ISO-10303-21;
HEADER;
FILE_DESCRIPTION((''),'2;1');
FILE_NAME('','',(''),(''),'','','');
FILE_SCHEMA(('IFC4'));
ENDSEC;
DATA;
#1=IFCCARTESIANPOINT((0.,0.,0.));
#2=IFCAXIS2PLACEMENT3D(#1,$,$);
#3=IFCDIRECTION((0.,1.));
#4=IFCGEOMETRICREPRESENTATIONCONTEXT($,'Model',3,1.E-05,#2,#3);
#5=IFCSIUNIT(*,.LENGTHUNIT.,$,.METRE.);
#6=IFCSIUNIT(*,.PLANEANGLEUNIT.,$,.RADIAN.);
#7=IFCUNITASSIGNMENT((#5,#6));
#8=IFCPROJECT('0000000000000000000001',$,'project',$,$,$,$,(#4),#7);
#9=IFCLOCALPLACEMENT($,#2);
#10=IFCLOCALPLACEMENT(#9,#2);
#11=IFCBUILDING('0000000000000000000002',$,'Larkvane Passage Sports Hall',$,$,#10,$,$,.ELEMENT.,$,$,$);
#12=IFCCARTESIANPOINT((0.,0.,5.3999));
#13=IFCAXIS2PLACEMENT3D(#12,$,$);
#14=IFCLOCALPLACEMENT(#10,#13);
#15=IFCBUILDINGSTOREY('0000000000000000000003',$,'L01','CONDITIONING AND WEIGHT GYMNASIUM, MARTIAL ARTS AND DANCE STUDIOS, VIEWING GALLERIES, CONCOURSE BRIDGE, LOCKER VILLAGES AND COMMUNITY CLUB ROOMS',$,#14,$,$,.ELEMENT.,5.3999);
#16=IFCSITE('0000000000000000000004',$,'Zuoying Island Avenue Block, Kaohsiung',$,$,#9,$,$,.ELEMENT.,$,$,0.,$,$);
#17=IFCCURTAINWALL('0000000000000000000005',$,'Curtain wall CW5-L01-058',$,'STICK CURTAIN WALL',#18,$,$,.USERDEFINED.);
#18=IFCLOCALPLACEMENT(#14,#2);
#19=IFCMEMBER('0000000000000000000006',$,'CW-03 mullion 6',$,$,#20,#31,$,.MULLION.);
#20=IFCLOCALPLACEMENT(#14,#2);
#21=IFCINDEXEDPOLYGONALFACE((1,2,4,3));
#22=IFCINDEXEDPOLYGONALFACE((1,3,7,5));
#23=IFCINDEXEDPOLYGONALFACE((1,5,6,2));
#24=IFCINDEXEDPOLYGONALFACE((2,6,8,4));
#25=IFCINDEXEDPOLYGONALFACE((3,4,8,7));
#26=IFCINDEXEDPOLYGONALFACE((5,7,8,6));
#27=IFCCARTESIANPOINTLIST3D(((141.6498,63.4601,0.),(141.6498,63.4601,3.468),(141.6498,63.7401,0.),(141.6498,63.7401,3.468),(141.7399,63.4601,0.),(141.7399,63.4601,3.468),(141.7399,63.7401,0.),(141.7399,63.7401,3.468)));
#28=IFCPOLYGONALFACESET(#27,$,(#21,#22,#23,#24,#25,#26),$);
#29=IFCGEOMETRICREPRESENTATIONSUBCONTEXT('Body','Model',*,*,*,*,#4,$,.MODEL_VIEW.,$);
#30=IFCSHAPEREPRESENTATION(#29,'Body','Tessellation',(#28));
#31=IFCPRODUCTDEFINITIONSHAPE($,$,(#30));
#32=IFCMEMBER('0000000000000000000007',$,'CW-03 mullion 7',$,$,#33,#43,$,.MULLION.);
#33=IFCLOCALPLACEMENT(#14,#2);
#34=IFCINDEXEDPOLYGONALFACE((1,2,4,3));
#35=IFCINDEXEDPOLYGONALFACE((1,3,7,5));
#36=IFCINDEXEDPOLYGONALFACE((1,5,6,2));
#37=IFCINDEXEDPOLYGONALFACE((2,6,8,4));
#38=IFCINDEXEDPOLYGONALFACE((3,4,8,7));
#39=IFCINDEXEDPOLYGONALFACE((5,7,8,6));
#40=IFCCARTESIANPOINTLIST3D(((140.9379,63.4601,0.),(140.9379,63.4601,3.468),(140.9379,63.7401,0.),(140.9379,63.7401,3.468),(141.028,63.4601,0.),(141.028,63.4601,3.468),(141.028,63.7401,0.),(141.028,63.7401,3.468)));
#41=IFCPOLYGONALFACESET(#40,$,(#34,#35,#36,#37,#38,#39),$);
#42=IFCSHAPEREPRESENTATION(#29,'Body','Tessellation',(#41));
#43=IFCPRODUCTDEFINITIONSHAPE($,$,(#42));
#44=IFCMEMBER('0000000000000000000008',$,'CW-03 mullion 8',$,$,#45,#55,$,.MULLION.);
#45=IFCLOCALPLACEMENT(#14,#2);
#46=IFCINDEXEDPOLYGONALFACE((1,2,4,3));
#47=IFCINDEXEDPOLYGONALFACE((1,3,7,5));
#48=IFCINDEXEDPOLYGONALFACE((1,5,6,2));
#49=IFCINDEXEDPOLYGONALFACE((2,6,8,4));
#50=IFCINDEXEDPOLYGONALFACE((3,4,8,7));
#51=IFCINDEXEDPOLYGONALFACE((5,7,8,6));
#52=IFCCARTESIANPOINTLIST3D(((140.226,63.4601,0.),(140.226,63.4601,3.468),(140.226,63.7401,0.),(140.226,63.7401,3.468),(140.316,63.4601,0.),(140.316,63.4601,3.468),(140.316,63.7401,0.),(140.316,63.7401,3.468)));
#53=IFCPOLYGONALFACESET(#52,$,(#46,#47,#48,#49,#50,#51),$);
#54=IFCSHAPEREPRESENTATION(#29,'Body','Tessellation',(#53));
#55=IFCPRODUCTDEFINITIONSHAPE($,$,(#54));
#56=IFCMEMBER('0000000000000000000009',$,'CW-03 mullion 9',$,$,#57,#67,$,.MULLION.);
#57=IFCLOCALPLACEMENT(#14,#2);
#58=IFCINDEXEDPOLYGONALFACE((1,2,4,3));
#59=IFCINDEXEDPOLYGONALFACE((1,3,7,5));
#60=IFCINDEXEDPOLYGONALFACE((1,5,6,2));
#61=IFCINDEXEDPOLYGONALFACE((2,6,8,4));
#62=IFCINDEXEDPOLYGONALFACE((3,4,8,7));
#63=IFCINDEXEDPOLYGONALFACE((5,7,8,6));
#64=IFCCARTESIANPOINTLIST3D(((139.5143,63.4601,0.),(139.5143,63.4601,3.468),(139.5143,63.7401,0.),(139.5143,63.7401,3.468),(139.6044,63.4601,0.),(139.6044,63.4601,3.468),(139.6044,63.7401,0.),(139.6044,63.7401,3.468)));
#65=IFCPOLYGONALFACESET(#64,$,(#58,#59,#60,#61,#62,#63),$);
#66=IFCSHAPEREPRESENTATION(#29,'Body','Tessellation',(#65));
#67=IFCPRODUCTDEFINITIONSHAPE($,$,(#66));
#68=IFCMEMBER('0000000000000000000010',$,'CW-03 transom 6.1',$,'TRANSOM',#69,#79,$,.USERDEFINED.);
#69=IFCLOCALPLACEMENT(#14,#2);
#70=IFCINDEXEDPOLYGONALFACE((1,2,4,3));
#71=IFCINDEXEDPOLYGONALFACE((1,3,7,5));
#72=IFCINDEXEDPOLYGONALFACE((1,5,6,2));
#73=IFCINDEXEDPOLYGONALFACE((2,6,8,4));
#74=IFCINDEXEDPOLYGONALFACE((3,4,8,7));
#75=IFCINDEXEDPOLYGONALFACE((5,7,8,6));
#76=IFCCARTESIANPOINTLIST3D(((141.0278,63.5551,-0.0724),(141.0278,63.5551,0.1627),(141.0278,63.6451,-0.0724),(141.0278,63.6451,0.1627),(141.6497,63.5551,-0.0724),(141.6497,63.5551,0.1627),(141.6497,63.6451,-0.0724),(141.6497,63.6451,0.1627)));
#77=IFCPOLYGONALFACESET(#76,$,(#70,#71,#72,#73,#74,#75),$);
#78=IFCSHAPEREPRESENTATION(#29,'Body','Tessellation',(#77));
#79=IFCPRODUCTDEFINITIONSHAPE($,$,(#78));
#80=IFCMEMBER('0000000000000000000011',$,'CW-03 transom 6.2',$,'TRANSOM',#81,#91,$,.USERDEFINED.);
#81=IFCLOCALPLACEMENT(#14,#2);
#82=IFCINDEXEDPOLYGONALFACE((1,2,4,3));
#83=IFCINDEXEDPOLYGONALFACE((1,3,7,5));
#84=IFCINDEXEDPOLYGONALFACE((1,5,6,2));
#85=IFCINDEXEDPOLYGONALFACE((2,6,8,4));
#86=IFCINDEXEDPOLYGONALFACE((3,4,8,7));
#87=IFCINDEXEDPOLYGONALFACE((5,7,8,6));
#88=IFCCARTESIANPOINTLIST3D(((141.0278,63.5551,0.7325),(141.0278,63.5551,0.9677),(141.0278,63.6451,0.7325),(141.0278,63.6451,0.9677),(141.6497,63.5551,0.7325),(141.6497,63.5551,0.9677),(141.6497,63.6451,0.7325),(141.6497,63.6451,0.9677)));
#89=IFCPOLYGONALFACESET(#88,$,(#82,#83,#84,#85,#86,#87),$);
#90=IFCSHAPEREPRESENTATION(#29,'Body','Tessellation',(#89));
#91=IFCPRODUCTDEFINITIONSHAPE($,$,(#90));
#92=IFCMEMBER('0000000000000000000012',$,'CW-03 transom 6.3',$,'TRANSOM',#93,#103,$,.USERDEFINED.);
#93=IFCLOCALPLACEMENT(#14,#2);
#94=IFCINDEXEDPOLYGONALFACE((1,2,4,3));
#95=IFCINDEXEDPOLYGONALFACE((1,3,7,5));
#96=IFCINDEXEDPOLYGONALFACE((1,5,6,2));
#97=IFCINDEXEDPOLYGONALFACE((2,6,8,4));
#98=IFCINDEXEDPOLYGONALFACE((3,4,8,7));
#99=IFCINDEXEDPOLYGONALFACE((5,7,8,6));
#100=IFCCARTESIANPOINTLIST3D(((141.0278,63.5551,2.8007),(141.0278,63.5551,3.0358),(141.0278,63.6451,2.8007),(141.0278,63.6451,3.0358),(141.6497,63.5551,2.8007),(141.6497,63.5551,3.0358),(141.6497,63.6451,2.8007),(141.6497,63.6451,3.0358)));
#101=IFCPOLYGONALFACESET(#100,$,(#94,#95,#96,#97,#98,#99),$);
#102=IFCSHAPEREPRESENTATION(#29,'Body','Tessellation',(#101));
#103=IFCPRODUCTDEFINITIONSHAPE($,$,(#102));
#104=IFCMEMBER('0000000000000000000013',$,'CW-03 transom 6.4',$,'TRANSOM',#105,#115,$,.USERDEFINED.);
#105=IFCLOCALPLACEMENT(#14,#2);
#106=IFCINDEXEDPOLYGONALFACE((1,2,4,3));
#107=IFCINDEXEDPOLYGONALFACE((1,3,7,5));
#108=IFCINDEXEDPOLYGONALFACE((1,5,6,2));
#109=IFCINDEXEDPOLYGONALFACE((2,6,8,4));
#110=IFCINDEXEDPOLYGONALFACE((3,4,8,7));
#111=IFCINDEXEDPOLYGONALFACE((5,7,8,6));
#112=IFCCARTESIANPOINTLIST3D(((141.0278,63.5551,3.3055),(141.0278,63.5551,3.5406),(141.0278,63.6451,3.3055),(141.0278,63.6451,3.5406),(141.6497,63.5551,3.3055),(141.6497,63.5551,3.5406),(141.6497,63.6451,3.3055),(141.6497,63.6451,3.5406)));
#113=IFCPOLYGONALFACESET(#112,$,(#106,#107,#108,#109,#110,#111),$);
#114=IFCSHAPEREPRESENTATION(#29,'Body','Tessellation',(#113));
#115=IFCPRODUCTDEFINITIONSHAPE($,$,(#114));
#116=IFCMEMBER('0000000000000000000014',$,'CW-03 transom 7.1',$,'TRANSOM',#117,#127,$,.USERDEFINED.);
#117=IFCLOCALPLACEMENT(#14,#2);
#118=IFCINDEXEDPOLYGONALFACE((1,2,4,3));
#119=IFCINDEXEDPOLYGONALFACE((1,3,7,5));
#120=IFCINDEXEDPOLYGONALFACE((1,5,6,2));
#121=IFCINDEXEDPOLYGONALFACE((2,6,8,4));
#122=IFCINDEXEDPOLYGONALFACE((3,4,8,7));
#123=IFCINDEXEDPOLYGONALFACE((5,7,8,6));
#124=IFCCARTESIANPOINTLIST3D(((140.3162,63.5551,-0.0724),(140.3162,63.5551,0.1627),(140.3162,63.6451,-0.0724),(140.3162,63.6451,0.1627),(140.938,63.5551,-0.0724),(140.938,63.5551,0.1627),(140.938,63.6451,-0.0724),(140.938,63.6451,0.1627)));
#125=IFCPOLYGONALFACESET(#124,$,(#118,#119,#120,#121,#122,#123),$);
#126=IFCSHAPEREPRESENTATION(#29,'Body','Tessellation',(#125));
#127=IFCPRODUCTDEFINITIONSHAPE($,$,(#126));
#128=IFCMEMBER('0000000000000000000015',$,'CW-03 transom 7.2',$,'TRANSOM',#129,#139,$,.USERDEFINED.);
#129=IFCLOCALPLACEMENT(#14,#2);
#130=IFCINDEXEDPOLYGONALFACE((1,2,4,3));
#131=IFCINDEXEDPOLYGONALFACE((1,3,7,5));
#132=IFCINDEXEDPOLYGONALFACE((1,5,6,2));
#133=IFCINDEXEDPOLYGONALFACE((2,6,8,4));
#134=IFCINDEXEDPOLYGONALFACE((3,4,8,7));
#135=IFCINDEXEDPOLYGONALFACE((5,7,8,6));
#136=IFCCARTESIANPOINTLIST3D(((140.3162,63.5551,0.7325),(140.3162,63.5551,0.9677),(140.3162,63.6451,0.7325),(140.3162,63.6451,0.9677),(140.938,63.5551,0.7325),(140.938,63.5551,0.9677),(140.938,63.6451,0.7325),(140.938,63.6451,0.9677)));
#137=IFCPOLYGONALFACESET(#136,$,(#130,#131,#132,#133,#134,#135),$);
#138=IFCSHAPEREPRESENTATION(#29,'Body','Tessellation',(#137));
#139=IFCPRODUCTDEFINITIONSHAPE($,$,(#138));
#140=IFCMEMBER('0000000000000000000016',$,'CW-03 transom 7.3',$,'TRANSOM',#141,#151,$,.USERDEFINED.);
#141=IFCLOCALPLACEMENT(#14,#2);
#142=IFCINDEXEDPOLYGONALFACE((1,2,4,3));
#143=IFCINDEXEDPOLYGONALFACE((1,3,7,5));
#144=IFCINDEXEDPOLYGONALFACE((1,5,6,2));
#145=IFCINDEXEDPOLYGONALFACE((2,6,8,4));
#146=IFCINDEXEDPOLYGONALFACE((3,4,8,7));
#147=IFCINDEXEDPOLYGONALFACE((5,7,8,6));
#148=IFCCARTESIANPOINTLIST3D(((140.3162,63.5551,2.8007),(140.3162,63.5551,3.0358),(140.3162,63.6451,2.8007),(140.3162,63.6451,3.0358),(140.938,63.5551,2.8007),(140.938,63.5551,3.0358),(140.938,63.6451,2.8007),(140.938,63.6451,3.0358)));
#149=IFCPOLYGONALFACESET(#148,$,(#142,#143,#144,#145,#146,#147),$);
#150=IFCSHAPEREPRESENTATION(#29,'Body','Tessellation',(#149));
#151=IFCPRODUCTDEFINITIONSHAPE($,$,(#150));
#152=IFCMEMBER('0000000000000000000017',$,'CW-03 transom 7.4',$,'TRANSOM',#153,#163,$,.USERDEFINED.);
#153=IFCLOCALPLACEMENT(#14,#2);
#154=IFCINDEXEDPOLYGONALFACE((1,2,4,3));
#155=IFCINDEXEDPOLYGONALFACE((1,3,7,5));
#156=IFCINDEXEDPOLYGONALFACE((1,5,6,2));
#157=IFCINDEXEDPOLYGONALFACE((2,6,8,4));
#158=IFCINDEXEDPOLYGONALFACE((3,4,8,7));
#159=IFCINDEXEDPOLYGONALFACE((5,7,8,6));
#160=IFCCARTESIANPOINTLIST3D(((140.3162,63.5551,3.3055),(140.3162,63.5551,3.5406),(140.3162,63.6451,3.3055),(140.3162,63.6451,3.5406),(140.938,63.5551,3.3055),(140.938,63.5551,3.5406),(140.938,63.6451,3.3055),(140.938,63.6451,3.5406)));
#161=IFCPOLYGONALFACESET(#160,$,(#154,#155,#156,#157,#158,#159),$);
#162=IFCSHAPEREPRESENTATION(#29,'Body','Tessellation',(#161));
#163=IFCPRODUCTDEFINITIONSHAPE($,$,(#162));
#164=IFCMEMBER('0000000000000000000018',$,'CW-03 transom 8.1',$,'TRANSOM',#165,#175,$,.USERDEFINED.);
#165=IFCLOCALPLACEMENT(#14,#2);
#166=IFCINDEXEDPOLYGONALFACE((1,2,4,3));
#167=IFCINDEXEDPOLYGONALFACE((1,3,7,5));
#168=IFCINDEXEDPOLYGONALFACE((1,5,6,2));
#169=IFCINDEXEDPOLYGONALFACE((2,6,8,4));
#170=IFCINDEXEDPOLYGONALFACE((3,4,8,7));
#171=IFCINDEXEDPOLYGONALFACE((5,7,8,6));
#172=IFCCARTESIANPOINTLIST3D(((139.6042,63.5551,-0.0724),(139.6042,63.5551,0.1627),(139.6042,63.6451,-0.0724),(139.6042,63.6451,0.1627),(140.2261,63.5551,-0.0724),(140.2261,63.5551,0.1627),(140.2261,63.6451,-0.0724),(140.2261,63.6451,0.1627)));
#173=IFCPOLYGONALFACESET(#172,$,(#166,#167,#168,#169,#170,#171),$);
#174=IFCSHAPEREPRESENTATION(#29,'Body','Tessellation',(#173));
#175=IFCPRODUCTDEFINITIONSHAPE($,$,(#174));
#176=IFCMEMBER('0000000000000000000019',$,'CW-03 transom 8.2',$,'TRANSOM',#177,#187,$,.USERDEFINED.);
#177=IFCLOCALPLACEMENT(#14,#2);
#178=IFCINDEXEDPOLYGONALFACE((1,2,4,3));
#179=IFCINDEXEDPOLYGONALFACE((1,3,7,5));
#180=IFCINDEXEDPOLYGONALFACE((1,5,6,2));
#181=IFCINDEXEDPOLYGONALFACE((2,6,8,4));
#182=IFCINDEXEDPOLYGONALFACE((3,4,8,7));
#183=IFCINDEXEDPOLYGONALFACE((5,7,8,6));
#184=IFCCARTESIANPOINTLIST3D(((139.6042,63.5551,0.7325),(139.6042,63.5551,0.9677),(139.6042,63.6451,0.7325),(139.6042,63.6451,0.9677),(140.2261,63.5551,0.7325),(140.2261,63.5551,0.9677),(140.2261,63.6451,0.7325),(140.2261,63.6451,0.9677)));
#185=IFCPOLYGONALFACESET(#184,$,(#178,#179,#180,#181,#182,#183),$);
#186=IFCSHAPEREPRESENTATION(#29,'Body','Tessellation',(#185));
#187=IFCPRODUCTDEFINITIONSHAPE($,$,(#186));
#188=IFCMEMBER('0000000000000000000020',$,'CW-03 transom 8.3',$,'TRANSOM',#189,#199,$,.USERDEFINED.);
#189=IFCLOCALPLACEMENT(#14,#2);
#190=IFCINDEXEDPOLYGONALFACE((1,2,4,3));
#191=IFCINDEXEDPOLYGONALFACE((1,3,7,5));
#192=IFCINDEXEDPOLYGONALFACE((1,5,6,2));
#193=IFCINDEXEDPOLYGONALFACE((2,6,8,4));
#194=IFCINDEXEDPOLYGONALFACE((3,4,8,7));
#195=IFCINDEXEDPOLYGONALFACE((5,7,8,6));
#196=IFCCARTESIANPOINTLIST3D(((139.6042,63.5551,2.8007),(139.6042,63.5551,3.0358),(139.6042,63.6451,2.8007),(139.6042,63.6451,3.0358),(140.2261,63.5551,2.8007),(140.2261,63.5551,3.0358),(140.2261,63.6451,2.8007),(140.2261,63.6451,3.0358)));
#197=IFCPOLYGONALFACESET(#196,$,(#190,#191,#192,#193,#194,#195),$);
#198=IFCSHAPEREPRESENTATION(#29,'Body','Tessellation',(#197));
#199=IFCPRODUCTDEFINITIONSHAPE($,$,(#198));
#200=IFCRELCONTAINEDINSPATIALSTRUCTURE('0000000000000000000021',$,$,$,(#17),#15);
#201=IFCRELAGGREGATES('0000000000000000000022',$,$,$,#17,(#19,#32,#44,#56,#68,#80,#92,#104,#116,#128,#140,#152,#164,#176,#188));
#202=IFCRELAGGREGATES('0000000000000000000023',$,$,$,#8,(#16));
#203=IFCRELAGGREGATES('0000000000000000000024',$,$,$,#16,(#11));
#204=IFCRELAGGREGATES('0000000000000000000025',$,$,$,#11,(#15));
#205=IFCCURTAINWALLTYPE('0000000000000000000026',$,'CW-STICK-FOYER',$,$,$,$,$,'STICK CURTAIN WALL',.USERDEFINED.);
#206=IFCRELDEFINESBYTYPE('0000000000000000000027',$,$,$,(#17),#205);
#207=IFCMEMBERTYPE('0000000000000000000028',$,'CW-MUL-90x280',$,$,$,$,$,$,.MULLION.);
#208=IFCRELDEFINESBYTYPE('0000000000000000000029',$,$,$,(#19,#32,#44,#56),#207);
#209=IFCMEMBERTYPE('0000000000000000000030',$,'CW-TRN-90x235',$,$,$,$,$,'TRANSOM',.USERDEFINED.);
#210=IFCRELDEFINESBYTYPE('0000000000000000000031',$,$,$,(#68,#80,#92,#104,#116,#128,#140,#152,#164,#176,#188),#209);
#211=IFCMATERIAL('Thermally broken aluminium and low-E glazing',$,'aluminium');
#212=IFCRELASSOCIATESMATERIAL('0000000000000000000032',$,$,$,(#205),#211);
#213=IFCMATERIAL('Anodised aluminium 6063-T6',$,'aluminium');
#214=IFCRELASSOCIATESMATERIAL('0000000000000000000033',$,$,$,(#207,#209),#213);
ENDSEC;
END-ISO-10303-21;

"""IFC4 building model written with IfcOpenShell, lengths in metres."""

from ifc_helpers import new_model, si_unit, direction, frame, origin, origin_2d, place, context, subcontext, project, spatial, rectangle, extrude, material, material_profile, profile_set, type_object, element, aggregate, save


model = new_model("IFC4")

# Units and contexts
model_context = context("Model", 3, precision=1e-05, world=origin(), true_north=direction((0.0, 1.0)))
body_context = subcontext(model_context, "Body", "Model", "MODEL_VIEW")
ifc_project = project(units=[si_unit("LENGTHUNIT", "METRE"), si_unit("PLANEANGLEUNIT", "RADIAN")], contexts=[model_context])

# Site, building, storey
site_placement = place(None, origin())
site = spatial("IfcSite", under=ifc_project, at=site_placement, Name="Zuoying Island Avenue Block, Kaohsiung", CompositionType="ELEMENT", RefElevation=0.0)
building_placement = place(site_placement, origin())
building = spatial("IfcBuilding", under=site, at=building_placement, Name="Larkvane Passage Sports Hall", CompositionType="ELEMENT")
storey_placement = place(building_placement, frame((0.0, 0.0, 5.3999)))
storey = spatial("IfcBuildingStorey", under=building, at=storey_placement, Name="L01", Description="CONDITIONING AND WEIGHT GYMNASIUM, MARTIAL ARTS AND DANCE STUDIOS, VIEWING GALLERIES, CONCOURSE BRIDGE, LOCKER VILLAGES AND COMMUNITY CLUB ROOMS", CompositionType="ELEMENT", Elevation=5.3999)

# Curtain wall, members
ifc_material_1 = material(Name="Thermally broken aluminium and low-E glazing", Category="aluminium")
curtain_wall_type = type_object("IfcCurtainWallType", Name="CW-STICK-FOYER", ElementType="STICK CURTAIN WALL", PredefinedType="USERDEFINED", material=ifc_material_1)
curtain_wall_placement = place(storey_placement, origin())
curtain_wall = element("IfcCurtainWall", 1, at=curtain_wall_placement, inside=storey, type_object=curtain_wall_type, Name="Curtain wall CW5-L01-058", ObjectType="STICK CURTAIN WALL", PredefinedType="USERDEFINED")
ifc_material_2 = material(Name="Anodised aluminium 6063-T6", Category="aluminium")
ifc_material_profile_1 = material_profile(ifc_material_2, rectangle(XDim=0.0901, YDim=0.28, at=origin_2d()), Name="ALU-MUL-90x280")
ifc_profile_set_1 = profile_set([ifc_material_profile_1], Name="Anodised aluminium 6063-T6")
member_type_1 = type_object("IfcMemberType", Name="CW-MUL-90x280", PredefinedType="MULLION", material=ifc_profile_set_1)
member_1_placement = place(storey_placement, frame((141.6948, 63.6001, 0.0), z_axis=(0.0, 0.0, 1.0), x_axis=(-1.0, 0.0, 0.0)))
member_1 = element("IfcMember", 2, at=member_1_placement, type_object=member_type_1, Name="CW-03 mullion 6", PredefinedType="MULLION", context=body_context, shape_type="SweptSolid", body=[
    extrude(rectangle(XDim=0.0901, YDim=0.28, at=origin_2d()), origin(), (0.0, 0.0, 1.0), 3.468),
])
member_2_placement = place(storey_placement, frame((140.9829, 63.6001, 0.0), z_axis=(0.0, 0.0, 1.0), x_axis=(-1.0, 0.0, 0.0)))
member_2 = element("IfcMember", 3, at=member_2_placement, type_object=member_type_1, Name="CW-03 mullion 7", PredefinedType="MULLION", context=body_context, shape_type="SweptSolid", body=[
    extrude(rectangle(XDim=0.0901, YDim=0.28, at=origin_2d()), origin(), (0.0, 0.0, 1.0), 3.468),
])
member_3_placement = place(storey_placement, frame((140.271, 63.6001, 0.0), z_axis=(0.0, 0.0, 1.0), x_axis=(-1.0, 0.0, 0.0)))
member_3 = element("IfcMember", 4, at=member_3_placement, type_object=member_type_1, Name="CW-03 mullion 8", PredefinedType="MULLION", context=body_context, shape_type="SweptSolid", body=[
    extrude(rectangle(XDim=0.0901, YDim=0.28, at=origin_2d()), origin(), (0.0, 0.0, 1.0), 3.468),
])
member_4_placement = place(storey_placement, frame((139.5593, 63.6001, 0.0), z_axis=(0.0, 0.0, 1.0), x_axis=(-1.0, 0.0, 0.0)))
member_4 = element("IfcMember", 5, at=member_4_placement, type_object=member_type_1, Name="CW-03 mullion 9", PredefinedType="MULLION", context=body_context, shape_type="SweptSolid", body=[
    extrude(rectangle(XDim=0.0901, YDim=0.28, at=origin_2d()), origin(), (0.0, 0.0, 1.0), 3.468),
])
ifc_material_profile_2 = material_profile(ifc_material_2, rectangle(XDim=0.0901, YDim=0.2351, at=origin_2d()), Name="ALU-TRN-90x235")
ifc_profile_set_2 = profile_set([ifc_material_profile_2], Name="Anodised aluminium 6063-T6")
member_type_2 = type_object("IfcMemberType", Name="CW-TRN-90x235", ElementType="TRANSOM", PredefinedType="USERDEFINED", material=ifc_profile_set_2)
member_5_placement = place(storey_placement, frame((141.6497, 63.6001, 0.0452), z_axis=(-1.0, 0.0, 0.0), x_axis=(0.0, -1.0, 0.0)))
member_5 = element("IfcMember", 6, at=member_5_placement, type_object=member_type_2, Name="CW-03 transom 6.1", ObjectType="TRANSOM", PredefinedType="USERDEFINED", context=body_context, shape_type="SweptSolid", body=[
    extrude(rectangle(XDim=0.0901, YDim=0.2351, at=origin_2d()), origin(), (0.0, 0.0, 1.0), 0.6218),
])
member_6_placement = place(storey_placement, frame((141.6497, 63.6001, 0.8501), z_axis=(-1.0, 0.0, 0.0), x_axis=(0.0, -1.0, 0.0)))
member_6 = element("IfcMember", 7, at=member_6_placement, type_object=member_type_2, Name="CW-03 transom 6.2", ObjectType="TRANSOM", PredefinedType="USERDEFINED", context=body_context, shape_type="SweptSolid", body=[
    extrude(rectangle(XDim=0.0901, YDim=0.2351, at=origin_2d()), origin(), (0.0, 0.0, 1.0), 0.6218),
])
member_7_placement = place(storey_placement, frame((141.6497, 63.6001, 2.9182), z_axis=(-1.0, 0.0, 0.0), x_axis=(0.0, -1.0, 0.0)))
member_7 = element("IfcMember", 8, at=member_7_placement, type_object=member_type_2, Name="CW-03 transom 6.3", ObjectType="TRANSOM", PredefinedType="USERDEFINED", context=body_context, shape_type="SweptSolid", body=[
    extrude(rectangle(XDim=0.0901, YDim=0.2351, at=origin_2d()), origin(), (0.0, 0.0, 1.0), 0.6218),
])
member_8_placement = place(storey_placement, frame((141.6497, 63.6001, 3.4231), z_axis=(-1.0, 0.0, 0.0), x_axis=(0.0, -1.0, 0.0)))
member_8 = element("IfcMember", 9, at=member_8_placement, type_object=member_type_2, Name="CW-03 transom 6.4", ObjectType="TRANSOM", PredefinedType="USERDEFINED", context=body_context, shape_type="SweptSolid", body=[
    extrude(rectangle(XDim=0.0901, YDim=0.2351, at=origin_2d()), origin(), (0.0, 0.0, 1.0), 0.6218),
])
member_9_placement = place(storey_placement, frame((140.938, 63.6001, 0.0452), z_axis=(-1.0, 0.0, 0.0), x_axis=(0.0, -1.0, 0.0)))
member_9 = element("IfcMember", 10, at=member_9_placement, type_object=member_type_2, Name="CW-03 transom 7.1", ObjectType="TRANSOM", PredefinedType="USERDEFINED", context=body_context, shape_type="SweptSolid", body=[
    extrude(rectangle(XDim=0.0901, YDim=0.2351, at=origin_2d()), origin(), (0.0, 0.0, 1.0), 0.6218),
])
member_10_placement = place(storey_placement, frame((140.938, 63.6001, 0.8501), z_axis=(-1.0, 0.0, 0.0), x_axis=(0.0, -1.0, 0.0)))
member_10 = element("IfcMember", 11, at=member_10_placement, type_object=member_type_2, Name="CW-03 transom 7.2", ObjectType="TRANSOM", PredefinedType="USERDEFINED", context=body_context, shape_type="SweptSolid", body=[
    extrude(rectangle(XDim=0.0901, YDim=0.2351, at=origin_2d()), origin(), (0.0, 0.0, 1.0), 0.6218),
])
member_11_placement = place(storey_placement, frame((140.938, 63.6001, 2.9182), z_axis=(-1.0, 0.0, 0.0), x_axis=(0.0, -1.0, 0.0)))
member_11 = element("IfcMember", 12, at=member_11_placement, type_object=member_type_2, Name="CW-03 transom 7.3", ObjectType="TRANSOM", PredefinedType="USERDEFINED", context=body_context, shape_type="SweptSolid", body=[
    extrude(rectangle(XDim=0.0901, YDim=0.2351, at=origin_2d()), origin(), (0.0, 0.0, 1.0), 0.6218),
])
member_12_placement = place(storey_placement, frame((140.938, 63.6001, 3.4231), z_axis=(-1.0, 0.0, 0.0), x_axis=(0.0, -1.0, 0.0)))
member_12 = element("IfcMember", 13, at=member_12_placement, type_object=member_type_2, Name="CW-03 transom 7.4", ObjectType="TRANSOM", PredefinedType="USERDEFINED", context=body_context, shape_type="SweptSolid", body=[
    extrude(rectangle(XDim=0.0901, YDim=0.2351, at=origin_2d()), origin(), (0.0, 0.0, 1.0), 0.6218),
])
member_13_placement = place(storey_placement, frame((140.2261, 63.6001, 0.0452), z_axis=(-1.0, 0.0, 0.0), x_axis=(0.0, -1.0, 0.0)))
member_13 = element("IfcMember", 14, at=member_13_placement, type_object=member_type_2, Name="CW-03 transom 8.1", ObjectType="TRANSOM", PredefinedType="USERDEFINED", context=body_context, shape_type="SweptSolid", body=[
    extrude(rectangle(XDim=0.0901, YDim=0.2351, at=origin_2d()), origin(), (0.0, 0.0, 1.0), 0.6218),
])
member_14_placement = place(storey_placement, frame((140.2261, 63.6001, 0.8501), z_axis=(-1.0, 0.0, 0.0), x_axis=(0.0, -1.0, 0.0)))
member_14 = element("IfcMember", 15, at=member_14_placement, type_object=member_type_2, Name="CW-03 transom 8.2", ObjectType="TRANSOM", PredefinedType="USERDEFINED", context=body_context, shape_type="SweptSolid", body=[
    extrude(rectangle(XDim=0.0901, YDim=0.2351, at=origin_2d()), origin(), (0.0, 0.0, 1.0), 0.6218),
])
member_15_placement = place(storey_placement, frame((140.2261, 63.6001, 2.9182), z_axis=(-1.0, 0.0, 0.0), x_axis=(0.0, -1.0, 0.0)))
member_15 = element("IfcMember", 16, at=member_15_placement, type_object=member_type_2, Name="CW-03 transom 8.3", ObjectType="TRANSOM", PredefinedType="USERDEFINED", context=body_context, shape_type="SweptSolid", body=[
    extrude(rectangle(XDim=0.0901, YDim=0.2351, at=origin_2d()), origin(), (0.0, 0.0, 1.0), 0.6218),
])
aggregate(curtain_wall, [member_1, member_2, member_3, member_4, member_5, member_6, member_7, member_8, member_9, member_10, member_11, member_12, member_13, member_14, member_15])

save(model, "model.ifc")
